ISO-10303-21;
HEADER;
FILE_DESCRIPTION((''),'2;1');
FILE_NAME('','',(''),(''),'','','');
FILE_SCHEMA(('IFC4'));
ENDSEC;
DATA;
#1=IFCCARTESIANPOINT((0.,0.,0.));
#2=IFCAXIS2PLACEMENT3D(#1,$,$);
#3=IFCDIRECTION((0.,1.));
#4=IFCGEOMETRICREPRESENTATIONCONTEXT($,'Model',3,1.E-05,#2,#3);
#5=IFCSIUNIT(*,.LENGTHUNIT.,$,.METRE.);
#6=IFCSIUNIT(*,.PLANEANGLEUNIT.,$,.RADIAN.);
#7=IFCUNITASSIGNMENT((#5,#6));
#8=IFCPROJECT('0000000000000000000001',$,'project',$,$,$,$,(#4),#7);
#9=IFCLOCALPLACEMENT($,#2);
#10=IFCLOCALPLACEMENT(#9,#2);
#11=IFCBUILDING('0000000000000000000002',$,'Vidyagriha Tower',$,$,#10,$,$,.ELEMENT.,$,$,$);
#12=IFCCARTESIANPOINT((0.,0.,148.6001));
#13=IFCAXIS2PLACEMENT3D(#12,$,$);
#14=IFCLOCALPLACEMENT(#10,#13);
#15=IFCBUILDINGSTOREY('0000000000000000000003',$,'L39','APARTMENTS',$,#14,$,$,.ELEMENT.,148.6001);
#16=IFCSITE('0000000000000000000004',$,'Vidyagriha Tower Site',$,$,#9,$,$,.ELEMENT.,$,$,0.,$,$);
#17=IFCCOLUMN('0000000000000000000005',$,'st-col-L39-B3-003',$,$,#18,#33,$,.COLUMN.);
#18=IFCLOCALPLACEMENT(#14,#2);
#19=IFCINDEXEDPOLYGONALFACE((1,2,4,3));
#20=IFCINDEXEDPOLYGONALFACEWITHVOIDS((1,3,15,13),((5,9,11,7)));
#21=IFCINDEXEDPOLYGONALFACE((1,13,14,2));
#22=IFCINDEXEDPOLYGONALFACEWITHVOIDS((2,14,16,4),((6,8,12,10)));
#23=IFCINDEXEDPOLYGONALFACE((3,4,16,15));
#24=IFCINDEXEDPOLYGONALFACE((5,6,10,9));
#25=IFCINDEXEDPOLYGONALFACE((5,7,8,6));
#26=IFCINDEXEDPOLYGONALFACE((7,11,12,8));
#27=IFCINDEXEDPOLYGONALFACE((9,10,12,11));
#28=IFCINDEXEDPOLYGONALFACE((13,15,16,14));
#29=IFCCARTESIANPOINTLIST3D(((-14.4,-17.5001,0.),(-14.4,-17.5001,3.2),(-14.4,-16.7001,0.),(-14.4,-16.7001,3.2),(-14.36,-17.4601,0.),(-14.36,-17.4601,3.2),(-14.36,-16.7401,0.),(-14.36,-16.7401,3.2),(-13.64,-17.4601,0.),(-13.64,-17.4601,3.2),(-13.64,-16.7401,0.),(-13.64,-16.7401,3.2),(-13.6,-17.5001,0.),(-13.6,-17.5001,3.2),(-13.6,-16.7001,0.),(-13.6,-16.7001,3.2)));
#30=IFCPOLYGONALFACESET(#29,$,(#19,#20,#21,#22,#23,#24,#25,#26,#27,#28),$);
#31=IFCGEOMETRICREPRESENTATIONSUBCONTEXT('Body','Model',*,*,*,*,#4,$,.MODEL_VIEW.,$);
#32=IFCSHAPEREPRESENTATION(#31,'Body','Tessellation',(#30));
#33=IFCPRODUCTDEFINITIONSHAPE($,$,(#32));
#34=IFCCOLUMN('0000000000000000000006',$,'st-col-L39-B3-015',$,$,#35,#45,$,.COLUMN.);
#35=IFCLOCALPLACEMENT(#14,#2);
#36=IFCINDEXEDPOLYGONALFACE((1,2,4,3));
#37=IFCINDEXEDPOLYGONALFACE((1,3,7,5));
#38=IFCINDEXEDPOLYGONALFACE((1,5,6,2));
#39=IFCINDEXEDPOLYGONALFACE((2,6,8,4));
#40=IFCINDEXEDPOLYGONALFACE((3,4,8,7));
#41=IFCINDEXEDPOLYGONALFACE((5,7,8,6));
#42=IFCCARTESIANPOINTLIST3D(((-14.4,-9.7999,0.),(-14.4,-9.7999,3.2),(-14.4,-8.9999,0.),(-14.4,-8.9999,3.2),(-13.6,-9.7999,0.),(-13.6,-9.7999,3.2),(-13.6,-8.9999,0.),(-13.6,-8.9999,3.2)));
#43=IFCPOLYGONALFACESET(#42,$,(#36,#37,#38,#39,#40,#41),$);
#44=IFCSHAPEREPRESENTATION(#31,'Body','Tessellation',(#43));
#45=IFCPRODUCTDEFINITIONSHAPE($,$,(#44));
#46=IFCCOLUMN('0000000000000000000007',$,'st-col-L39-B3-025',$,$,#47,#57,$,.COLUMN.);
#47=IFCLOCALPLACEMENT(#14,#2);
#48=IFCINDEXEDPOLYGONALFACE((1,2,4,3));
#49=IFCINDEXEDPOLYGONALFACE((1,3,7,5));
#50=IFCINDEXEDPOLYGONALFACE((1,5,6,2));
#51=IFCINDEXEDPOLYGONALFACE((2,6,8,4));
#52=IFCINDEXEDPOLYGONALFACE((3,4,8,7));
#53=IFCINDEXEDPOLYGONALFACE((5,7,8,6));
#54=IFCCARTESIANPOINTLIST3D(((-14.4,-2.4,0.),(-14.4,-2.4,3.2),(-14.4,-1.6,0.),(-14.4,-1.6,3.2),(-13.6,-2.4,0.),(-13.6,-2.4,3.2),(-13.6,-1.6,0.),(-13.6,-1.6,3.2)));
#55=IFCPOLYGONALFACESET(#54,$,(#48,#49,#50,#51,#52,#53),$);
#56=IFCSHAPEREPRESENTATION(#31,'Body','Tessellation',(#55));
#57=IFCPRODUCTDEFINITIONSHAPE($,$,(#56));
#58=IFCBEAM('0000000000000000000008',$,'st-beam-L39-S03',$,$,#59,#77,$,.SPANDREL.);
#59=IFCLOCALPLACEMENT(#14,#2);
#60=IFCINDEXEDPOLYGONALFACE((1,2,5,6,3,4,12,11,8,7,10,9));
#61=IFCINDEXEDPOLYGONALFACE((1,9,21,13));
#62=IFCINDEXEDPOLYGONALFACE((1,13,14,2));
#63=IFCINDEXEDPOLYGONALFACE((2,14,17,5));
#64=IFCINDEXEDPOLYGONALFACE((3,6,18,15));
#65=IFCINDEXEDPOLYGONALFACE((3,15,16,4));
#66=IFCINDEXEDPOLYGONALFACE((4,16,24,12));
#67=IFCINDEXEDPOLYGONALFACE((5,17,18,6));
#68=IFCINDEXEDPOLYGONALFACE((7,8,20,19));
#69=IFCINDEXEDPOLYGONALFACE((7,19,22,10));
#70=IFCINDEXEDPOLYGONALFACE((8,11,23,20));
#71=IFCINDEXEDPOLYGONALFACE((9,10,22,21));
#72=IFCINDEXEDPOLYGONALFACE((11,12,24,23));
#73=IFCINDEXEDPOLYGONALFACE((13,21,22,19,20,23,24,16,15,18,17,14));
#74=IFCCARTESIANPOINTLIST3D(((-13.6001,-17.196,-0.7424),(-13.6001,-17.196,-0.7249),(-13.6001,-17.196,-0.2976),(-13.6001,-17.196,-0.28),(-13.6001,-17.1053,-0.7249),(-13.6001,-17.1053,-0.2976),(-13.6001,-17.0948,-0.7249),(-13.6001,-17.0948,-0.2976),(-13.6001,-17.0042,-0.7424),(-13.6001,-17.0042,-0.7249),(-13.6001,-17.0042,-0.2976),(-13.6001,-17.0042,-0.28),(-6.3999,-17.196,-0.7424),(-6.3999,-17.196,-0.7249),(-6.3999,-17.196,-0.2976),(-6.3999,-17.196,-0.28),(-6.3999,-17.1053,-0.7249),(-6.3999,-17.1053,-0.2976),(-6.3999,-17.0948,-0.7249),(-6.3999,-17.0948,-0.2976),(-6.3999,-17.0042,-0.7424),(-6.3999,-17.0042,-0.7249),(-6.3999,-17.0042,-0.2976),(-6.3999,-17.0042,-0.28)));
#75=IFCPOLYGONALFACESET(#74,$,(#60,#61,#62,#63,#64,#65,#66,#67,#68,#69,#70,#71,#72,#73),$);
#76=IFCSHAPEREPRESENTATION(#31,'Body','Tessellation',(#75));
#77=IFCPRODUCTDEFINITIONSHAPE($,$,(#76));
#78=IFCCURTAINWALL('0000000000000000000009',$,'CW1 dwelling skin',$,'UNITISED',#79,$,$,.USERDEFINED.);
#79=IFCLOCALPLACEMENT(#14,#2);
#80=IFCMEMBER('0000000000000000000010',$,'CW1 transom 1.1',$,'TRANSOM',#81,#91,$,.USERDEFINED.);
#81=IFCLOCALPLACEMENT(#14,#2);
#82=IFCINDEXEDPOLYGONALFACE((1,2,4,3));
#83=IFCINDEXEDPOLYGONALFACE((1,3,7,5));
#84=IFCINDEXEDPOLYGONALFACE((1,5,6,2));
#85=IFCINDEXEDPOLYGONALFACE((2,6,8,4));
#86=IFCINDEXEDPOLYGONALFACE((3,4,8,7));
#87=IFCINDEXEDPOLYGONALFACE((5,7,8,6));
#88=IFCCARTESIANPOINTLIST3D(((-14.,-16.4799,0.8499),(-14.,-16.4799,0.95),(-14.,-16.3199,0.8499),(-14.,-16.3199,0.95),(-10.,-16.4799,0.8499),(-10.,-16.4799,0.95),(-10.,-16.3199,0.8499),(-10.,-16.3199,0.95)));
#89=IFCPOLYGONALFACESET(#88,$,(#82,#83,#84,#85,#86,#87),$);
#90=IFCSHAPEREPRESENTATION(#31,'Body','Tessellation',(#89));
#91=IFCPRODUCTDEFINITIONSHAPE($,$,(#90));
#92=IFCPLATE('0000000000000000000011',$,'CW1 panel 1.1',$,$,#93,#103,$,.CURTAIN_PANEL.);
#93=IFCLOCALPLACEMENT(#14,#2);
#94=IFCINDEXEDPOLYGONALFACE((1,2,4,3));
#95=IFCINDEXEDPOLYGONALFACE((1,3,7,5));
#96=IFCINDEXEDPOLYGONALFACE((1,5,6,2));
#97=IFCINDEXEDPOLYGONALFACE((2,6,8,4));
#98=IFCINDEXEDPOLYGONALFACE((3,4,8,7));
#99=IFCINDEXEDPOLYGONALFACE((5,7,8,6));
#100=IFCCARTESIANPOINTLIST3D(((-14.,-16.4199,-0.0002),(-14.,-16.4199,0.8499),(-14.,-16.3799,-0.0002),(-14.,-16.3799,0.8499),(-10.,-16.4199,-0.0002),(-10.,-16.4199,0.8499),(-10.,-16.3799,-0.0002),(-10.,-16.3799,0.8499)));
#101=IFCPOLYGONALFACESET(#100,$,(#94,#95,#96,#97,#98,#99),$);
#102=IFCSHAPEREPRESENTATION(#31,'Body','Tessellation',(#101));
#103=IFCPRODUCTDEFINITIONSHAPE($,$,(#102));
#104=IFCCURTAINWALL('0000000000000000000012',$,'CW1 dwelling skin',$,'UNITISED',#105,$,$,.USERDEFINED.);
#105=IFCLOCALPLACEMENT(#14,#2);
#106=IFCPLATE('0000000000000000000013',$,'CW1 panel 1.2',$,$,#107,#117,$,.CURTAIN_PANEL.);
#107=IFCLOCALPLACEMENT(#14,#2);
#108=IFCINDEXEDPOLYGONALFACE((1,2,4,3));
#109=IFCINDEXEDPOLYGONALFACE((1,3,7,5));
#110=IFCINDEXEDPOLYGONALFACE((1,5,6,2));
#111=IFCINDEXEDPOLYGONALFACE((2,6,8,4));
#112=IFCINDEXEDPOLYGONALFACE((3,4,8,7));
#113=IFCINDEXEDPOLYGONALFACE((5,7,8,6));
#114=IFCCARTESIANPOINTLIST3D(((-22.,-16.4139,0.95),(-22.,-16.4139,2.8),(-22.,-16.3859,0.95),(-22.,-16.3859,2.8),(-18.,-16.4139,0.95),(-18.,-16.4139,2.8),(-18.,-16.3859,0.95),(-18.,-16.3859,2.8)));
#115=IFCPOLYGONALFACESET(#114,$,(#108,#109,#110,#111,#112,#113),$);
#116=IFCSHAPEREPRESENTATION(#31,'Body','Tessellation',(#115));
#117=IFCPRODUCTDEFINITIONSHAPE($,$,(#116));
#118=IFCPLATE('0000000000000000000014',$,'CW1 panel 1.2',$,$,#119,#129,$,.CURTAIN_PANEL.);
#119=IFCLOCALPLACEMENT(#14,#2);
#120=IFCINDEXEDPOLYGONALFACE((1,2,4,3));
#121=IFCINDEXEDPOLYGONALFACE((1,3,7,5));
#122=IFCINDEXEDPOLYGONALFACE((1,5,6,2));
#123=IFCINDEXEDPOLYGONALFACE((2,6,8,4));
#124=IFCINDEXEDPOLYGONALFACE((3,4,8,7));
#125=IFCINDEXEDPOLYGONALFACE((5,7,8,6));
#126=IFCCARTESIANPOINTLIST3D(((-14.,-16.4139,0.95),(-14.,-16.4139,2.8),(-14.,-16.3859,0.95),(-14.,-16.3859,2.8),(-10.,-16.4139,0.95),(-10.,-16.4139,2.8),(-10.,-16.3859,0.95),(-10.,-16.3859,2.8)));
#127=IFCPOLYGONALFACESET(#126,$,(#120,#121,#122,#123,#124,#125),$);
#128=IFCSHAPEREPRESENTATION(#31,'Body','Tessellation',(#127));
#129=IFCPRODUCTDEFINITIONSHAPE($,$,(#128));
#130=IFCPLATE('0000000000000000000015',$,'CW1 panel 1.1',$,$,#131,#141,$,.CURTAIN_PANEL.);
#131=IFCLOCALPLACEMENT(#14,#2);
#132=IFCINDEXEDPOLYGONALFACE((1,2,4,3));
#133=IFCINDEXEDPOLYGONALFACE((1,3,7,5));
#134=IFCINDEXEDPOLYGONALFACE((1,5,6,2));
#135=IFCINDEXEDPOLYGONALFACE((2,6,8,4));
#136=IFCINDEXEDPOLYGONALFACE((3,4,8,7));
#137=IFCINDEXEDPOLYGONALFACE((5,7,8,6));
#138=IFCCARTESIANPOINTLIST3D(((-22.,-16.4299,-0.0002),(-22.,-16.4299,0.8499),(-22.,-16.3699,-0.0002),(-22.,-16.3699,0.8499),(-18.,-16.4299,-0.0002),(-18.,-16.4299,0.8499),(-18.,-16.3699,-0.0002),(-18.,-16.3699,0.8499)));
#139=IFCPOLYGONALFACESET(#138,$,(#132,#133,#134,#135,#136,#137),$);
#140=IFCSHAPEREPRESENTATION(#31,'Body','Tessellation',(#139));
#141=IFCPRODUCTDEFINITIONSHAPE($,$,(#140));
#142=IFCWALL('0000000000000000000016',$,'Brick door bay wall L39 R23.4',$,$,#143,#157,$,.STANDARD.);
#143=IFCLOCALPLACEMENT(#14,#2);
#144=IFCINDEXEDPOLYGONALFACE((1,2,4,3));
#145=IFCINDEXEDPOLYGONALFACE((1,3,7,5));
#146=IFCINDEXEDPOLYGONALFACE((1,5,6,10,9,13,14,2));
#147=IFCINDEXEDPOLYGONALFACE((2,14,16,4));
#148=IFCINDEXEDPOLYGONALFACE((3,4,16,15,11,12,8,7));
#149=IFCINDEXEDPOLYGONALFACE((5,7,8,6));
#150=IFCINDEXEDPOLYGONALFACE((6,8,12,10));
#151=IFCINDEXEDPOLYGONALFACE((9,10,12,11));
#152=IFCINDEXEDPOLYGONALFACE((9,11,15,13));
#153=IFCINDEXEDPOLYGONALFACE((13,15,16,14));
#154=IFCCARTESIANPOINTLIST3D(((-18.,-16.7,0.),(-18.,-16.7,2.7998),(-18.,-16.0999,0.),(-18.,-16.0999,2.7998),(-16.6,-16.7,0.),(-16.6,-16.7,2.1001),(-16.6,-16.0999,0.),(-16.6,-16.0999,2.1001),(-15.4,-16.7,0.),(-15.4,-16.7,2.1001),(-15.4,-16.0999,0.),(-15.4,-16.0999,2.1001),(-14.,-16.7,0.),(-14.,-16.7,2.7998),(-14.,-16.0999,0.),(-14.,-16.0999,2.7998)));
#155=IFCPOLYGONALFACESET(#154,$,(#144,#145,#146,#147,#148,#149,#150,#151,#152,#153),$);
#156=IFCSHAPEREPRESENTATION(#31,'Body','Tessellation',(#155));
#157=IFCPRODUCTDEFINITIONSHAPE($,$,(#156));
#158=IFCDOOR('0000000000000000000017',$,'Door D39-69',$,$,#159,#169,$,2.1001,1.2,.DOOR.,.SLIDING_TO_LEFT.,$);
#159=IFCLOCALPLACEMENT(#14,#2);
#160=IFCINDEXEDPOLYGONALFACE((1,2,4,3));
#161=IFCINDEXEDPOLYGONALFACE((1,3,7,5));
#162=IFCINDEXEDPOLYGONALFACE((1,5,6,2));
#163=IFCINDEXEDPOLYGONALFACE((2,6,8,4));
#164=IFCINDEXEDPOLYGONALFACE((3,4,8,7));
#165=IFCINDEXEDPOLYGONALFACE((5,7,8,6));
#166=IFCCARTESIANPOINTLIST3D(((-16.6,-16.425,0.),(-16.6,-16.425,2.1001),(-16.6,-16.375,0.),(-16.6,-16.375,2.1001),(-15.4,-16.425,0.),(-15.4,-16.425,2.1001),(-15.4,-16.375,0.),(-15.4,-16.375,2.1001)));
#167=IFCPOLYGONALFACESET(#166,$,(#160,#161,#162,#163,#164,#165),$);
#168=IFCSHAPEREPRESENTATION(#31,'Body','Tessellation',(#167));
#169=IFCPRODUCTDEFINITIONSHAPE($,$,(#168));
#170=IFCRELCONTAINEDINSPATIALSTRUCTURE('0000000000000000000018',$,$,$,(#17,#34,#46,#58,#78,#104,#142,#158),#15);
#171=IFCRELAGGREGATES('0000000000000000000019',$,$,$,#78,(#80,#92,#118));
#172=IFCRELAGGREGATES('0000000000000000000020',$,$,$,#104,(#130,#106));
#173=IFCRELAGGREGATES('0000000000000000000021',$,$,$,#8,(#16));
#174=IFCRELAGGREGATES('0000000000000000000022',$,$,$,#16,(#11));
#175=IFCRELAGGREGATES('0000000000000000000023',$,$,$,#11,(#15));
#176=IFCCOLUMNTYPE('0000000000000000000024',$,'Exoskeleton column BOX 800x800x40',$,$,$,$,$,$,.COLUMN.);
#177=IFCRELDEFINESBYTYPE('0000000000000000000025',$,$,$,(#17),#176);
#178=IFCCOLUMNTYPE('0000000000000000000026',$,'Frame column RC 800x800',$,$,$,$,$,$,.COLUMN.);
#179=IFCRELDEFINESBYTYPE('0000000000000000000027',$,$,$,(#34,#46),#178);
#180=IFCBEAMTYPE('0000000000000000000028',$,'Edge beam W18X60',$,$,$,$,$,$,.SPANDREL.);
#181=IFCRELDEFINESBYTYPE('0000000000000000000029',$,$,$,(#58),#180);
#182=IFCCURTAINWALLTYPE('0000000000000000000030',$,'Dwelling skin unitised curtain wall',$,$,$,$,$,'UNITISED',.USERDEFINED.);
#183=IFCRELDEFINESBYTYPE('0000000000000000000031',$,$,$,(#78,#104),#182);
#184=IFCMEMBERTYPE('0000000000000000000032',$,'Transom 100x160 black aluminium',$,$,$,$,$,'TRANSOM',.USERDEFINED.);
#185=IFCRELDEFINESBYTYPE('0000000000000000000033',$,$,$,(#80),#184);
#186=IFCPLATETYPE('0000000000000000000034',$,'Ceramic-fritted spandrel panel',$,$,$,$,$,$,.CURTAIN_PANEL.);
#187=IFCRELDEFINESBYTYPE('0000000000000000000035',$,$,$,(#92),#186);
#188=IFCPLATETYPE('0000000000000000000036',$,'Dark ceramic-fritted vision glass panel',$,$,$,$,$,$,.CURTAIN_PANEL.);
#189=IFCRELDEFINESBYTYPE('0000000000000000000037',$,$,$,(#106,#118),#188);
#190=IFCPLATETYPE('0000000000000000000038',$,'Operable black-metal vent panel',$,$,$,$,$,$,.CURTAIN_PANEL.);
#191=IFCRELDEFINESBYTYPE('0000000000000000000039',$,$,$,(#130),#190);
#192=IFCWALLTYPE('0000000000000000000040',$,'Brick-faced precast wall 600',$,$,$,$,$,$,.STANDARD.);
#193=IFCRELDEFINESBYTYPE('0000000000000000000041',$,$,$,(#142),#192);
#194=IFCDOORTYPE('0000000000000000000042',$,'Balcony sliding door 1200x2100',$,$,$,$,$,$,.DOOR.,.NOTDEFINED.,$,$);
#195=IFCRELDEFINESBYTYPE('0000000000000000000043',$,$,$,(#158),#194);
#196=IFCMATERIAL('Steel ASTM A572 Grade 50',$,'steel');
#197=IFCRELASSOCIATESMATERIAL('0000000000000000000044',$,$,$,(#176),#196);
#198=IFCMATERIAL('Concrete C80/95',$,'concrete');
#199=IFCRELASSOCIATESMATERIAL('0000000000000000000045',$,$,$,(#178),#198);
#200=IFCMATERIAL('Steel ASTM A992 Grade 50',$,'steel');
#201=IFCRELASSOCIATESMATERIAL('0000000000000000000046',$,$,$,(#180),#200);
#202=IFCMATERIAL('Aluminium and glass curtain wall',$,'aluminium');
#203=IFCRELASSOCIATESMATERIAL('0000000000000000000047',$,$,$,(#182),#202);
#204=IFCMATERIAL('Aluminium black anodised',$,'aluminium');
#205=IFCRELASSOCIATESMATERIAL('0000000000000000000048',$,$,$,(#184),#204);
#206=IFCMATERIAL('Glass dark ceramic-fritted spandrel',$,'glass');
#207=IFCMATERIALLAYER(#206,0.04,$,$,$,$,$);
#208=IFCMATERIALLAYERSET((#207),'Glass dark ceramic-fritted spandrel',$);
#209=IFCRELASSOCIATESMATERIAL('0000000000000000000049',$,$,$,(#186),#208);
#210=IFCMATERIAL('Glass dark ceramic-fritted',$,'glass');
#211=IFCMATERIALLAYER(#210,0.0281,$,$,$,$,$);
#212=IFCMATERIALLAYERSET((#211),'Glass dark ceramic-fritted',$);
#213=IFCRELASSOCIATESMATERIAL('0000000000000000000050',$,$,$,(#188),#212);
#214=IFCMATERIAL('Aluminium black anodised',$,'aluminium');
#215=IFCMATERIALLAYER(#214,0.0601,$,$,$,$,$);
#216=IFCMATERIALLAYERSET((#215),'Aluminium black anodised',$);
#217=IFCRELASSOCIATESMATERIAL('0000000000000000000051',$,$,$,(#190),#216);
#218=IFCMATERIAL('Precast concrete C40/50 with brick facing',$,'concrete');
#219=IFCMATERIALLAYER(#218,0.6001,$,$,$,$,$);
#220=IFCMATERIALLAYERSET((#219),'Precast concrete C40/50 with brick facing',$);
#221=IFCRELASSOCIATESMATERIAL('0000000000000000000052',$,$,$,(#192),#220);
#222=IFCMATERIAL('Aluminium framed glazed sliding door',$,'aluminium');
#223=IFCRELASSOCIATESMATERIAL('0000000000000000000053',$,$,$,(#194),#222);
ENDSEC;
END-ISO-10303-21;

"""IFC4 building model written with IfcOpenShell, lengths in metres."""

from ifc_helpers import new_model, si_unit, direction, frame, frame_2d, origin, origin_2d, place, context, subcontext, project, spatial, rectangle, hollow_rectangle, i_section, extrude, material, layer, layer_set, material_profile, profile_set, type_object, element, fill, aggregate, save


model = new_model("IFC4")

# Units and contexts
model_context = context("Model", 3, precision=1e-05, world=origin(), true_north=direction((0.0, 1.0)))
body_context = subcontext(model_context, "Body", "Model", "MODEL_VIEW")
ifc_project = project(units=[si_unit("LENGTHUNIT", "METRE"), si_unit("PLANEANGLEUNIT", "RADIAN")], contexts=[model_context])

# Site, building, storey
site_placement = place(None, origin())
site = spatial("IfcSite", under=ifc_project, at=site_placement, Name="Vidyagriha Tower Site", CompositionType="ELEMENT", RefElevation=0.0)
building_placement = place(site_placement, origin())
building = spatial("IfcBuilding", under=site, at=building_placement, Name="Vidyagriha Tower", CompositionType="ELEMENT")
storey_placement = place(building_placement, frame((0.0, 0.0, 148.6001)))
storey = spatial("IfcBuildingStorey", under=building, at=storey_placement, Name="L39", Description="APARTMENTS", CompositionType="ELEMENT", Elevation=148.6001)

# Columns
ifc_material_1 = material(Name="Steel ASTM A572 Grade 50", Category="steel")
ifc_material_profile_1 = material_profile(ifc_material_1, hollow_rectangle(XDim=0.8, YDim=0.8, WallThickness=0.04, at=origin_2d()), Name="BOX 800x800x40")
ifc_profile_set_1 = profile_set([ifc_material_profile_1], Name="Steel ASTM A572 Grade 50")
column_type_1 = type_object("IfcColumnType", Name="Exoskeleton column BOX 800x800x40", PredefinedType="COLUMN", material=ifc_profile_set_1)
column_placement = place(storey_placement, frame((-14.0, -17.1001, 0.0)))
element("IfcColumn", 1, at=column_placement, inside=storey, type_object=column_type_1, Name="st-col-L39-B3-003", PredefinedType="COLUMN", context=body_context, shape_type="SweptSolid", body=[
    extrude(hollow_rectangle(XDim=0.8, YDim=0.8, WallThickness=0.04, at=origin_2d()), origin(), (0.0, 0.0, 1.0), 3.2),
])
ifc_material_2 = material(Name="Concrete C80/95", Category="concrete")
ifc_material_profile_2 = material_profile(ifc_material_2, rectangle(XDim=0.8, YDim=0.8, at=origin_2d()), Name="RC 800x800")
ifc_profile_set_2 = profile_set([ifc_material_profile_2], Name="Concrete C80/95")
column_type_2 = type_object("IfcColumnType", Name="Frame column RC 800x800", PredefinedType="COLUMN", material=ifc_profile_set_2)
for number, where, name in (
    (2, (-14.0, -9.3999, 0.0), "st-col-L39-B3-015"),
    (3, (-14.0, -2.0, 0.0), "st-col-L39-B3-025"),
):
    element("IfcColumn", number, at=place(storey_placement, frame(where)), inside=storey, type_object=column_type_2, Name=name, PredefinedType="COLUMN", context=body_context, shape_type="SweptSolid", body=[
        extrude(rectangle(XDim=0.8, YDim=0.8, at=origin_2d()), origin(), (0.0, 0.0, 1.0), 3.2),
    ])

# Beam
ifc_material_3 = material(Name="Steel ASTM A992 Grade 50", Category="steel")
ifc_material_profile_3 = material_profile(ifc_material_3, i_section(OverallWidth=0.1919, OverallDepth=0.4624, WebThickness=0.0105, FlangeThickness=0.0176, at=origin_2d()), Name="W18X60")
ifc_profile_set_3 = profile_set([ifc_material_profile_3], Name="Steel ASTM A992 Grade 50")
beam_type = type_object("IfcBeamType", Name="Edge beam W18X60", PredefinedType="SPANDREL", material=ifc_profile_set_3)
beam_placement = place(storey_placement, frame((-13.6001, -17.1001, -0.5112), z_axis=(1.0, 0.0, 0.0), x_axis=(0.0, 1.0, 0.0)))
element("IfcBeam", 4, at=beam_placement, inside=storey, type_object=beam_type, Name="st-beam-L39-S03", PredefinedType="SPANDREL", context=body_context, shape_type="SweptSolid", body=[
    extrude(i_section(OverallWidth=0.1919, OverallDepth=0.4624, WebThickness=0.0105, FlangeThickness=0.0176, at=origin_2d()), origin(), (0.0, 0.0, 1.0), 7.2002),
])

# Curtain wall, member, plate
ifc_material_4 = material(Name="Aluminium and glass curtain wall", Category="aluminium")
curtain_wall_type = type_object("IfcCurtainWallType", Name="Dwelling skin unitised curtain wall", ElementType="UNITISED", PredefinedType="USERDEFINED", material=ifc_material_4)
curtain_wall_1_placement = place(storey_placement, origin())
curtain_wall_1 = element("IfcCurtainWall", 5, at=curtain_wall_1_placement, inside=storey, type_object=curtain_wall_type, Name="CW1 dwelling skin", ObjectType="UNITISED", PredefinedType="USERDEFINED")
ifc_material_5 = material(Name="Aluminium black anodised", Category="aluminium")
ifc_material_profile_4 = material_profile(ifc_material_5, rectangle(XDim=0.1599, YDim=0.1001, at=origin_2d()), Name="Transom 100x160 black aluminium")
ifc_profile_set_4 = profile_set([ifc_material_profile_4], Name="Aluminium black anodised")
member_type = type_object("IfcMemberType", Name="Transom 100x160 black aluminium", ElementType="TRANSOM", PredefinedType="USERDEFINED", material=ifc_profile_set_4)
member_placement = place(storey_placement, frame((-14.0, -16.3999, 0.8999), z_axis=(1.0, 0.0, 0.0), x_axis=(0.0, 1.0, 0.0)))
member = element("IfcMember", 6, at=member_placement, type_object=member_type, Name="CW1 transom 1.1", ObjectType="TRANSOM", PredefinedType="USERDEFINED", context=body_context, shape_type="SweptSolid", body=[
    extrude(rectangle(XDim=0.1599, YDim=0.1001, at=origin_2d()), origin(), (0.0, 0.0, 1.0), 4.0),
])
ifc_material_6 = material(Name="Glass dark ceramic-fritted spandrel", Category="glass")
ifc_layer_1 = layer(ifc_material_6, 0.04)
ifc_layer_set_1 = layer_set([ifc_layer_1], Name="Glass dark ceramic-fritted spandrel")
plate_type_1 = type_object("IfcPlateType", Name="Ceramic-fritted spandrel panel", PredefinedType="CURTAIN_PANEL", material=ifc_layer_set_1)
plate_1_placement = place(storey_placement, frame((-12.0, -16.3999, -0.0002)))
plate_1 = element("IfcPlate", 7, at=plate_1_placement, type_object=plate_type_1, Name="CW1 panel 1.1", PredefinedType="CURTAIN_PANEL", context=body_context, shape_type="SweptSolid", body=[
    extrude(rectangle(XDim=4.0, YDim=0.04, at=origin_2d()), origin(), (0.0, 0.0, 1.0), 0.8501),
])

# Curtain wall, plate
curtain_wall_2_placement = place(storey_placement, origin())
curtain_wall_2 = element("IfcCurtainWall", 8, at=curtain_wall_2_placement, inside=storey, type_object=curtain_wall_type, Name="CW1 dwelling skin", ObjectType="UNITISED", PredefinedType="USERDEFINED")
ifc_material_7 = material(Name="Glass dark ceramic-fritted", Category="glass")
ifc_layer_2 = layer(ifc_material_7, 0.0281)
ifc_layer_set_2 = layer_set([ifc_layer_2], Name="Glass dark ceramic-fritted")
plate_type_2 = type_object("IfcPlateType", Name="Dark ceramic-fritted vision glass panel", PredefinedType="CURTAIN_PANEL", material=ifc_layer_set_2)
plate_2_placement = place(storey_placement, frame((-20.0, -16.3999, 0.95)))
plate_2 = element("IfcPlate", 9, at=plate_2_placement, type_object=plate_type_2, Name="CW1 panel 1.2", PredefinedType="CURTAIN_PANEL", context=body_context, shape_type="SweptSolid", body=[
    extrude(rectangle(XDim=4.0, YDim=0.0281, at=origin_2d()), origin(), (0.0, 0.0, 1.0), 1.8501),
])

# Plates
plate_3_placement = place(storey_placement, frame((-12.0, -16.3999, 0.95)))
plate_3 = element("IfcPlate", 10, at=plate_3_placement, type_object=plate_type_2, Name="CW1 panel 1.2", PredefinedType="CURTAIN_PANEL", context=body_context, shape_type="SweptSolid", body=[
    extrude(rectangle(XDim=4.0, YDim=0.0281, at=origin_2d()), origin(), (0.0, 0.0, 1.0), 1.8501),
])
aggregate(curtain_wall_1, [member, plate_1, plate_3])
ifc_material_8 = material(Name="Aluminium black anodised", Category="aluminium")
ifc_layer_3 = layer(ifc_material_8, 0.0601)
ifc_layer_set_3 = layer_set([ifc_layer_3], Name="Aluminium black anodised")
plate_type_3 = type_object("IfcPlateType", Name="Operable black-metal vent panel", PredefinedType="CURTAIN_PANEL", material=ifc_layer_set_3)
plate_4_placement = place(storey_placement, frame((-20.0, -16.3999, -0.0002)))
plate_4 = element("IfcPlate", 11, at=plate_4_placement, type_object=plate_type_3, Name="CW1 panel 1.1", PredefinedType="CURTAIN_PANEL", context=body_context, shape_type="SweptSolid", body=[
    extrude(rectangle(XDim=4.0, YDim=0.0601, at=origin_2d()), origin(), (0.0, 0.0, 1.0), 0.8501),
])
aggregate(curtain_wall_2, [plate_4, plate_2])

# Wall, opening, door
ifc_material_9 = material(Name="Precast concrete C40/50 with brick facing", Category="concrete")
ifc_layer_4 = layer(ifc_material_9, 0.6001)
ifc_layer_set_4 = layer_set([ifc_layer_4], Name="Precast concrete C40/50 with brick facing")
wall_type_1 = type_object("IfcWallType", Name="Brick-faced precast wall 600", PredefinedType="STANDARD", material=ifc_layer_set_4)
wall_1_placement = place(storey_placement, frame((-18.0, -16.3999, 0.0)))
wall_1 = element("IfcWall", 12, at=wall_1_placement, inside=storey, type_object=wall_type_1, Name="Brick door bay wall L39 R23.4", PredefinedType="STANDARD", context=body_context, shape_type="SweptSolid", body=[
    extrude(rectangle(XDim=4.0, YDim=0.6001, at=frame_2d((2.0, 0.0))), origin(), (0.0, 0.0, 1.0), 2.7998),
])
opening_1_placement = place(wall_1_placement, frame((1.3999, 0.0, 0.0)))
opening_1 = element("IfcOpeningElement", 13, at=opening_1_placement, cuts=wall_1, PredefinedType="OPENING", context=body_context, shape_type="SweptSolid", body=[
    extrude(rectangle(XDim=1.2, YDim=2.1001, at=frame_2d((0.6001, 1.05))), frame((0.0, 0.3101, 0.0), z_axis=(0.0, -1.0, 0.0), x_axis=(1.0, 0.0, 0.0)), (0.0, 0.0, 1.0), 0.6201),
])
ifc_material_10 = material(Name="Aluminium framed glazed sliding door", Category="aluminium")
door_type_1 = type_object("IfcDoorType", Name="Balcony sliding door 1200x2100", OperationType="NOTDEFINED", PredefinedType="DOOR", material=ifc_material_10)
door_1_placement = place(opening_1_placement, origin())
door_1 = element("IfcDoor", 14, at=door_1_placement, inside=storey, type_object=door_type_1, Name="Door D39-69", OperationType="SLIDING_TO_LEFT", OverallHeight=2.1001, OverallWidth=1.2, PredefinedType="DOOR", context=body_context, shape_type="SweptSolid", body=[
    extrude(rectangle(XDim=1.2, YDim=2.1001, at=frame_2d((0.6001, 1.05))), frame((0.0, 0.0249, 0.0), z_axis=(0.0, -1.0, 0.0), x_axis=(1.0, 0.0, 0.0)), (0.0, 0.0, 1.0), 0.05),
])
fill(opening_1, door_1)

save(model, "model.ifc")
